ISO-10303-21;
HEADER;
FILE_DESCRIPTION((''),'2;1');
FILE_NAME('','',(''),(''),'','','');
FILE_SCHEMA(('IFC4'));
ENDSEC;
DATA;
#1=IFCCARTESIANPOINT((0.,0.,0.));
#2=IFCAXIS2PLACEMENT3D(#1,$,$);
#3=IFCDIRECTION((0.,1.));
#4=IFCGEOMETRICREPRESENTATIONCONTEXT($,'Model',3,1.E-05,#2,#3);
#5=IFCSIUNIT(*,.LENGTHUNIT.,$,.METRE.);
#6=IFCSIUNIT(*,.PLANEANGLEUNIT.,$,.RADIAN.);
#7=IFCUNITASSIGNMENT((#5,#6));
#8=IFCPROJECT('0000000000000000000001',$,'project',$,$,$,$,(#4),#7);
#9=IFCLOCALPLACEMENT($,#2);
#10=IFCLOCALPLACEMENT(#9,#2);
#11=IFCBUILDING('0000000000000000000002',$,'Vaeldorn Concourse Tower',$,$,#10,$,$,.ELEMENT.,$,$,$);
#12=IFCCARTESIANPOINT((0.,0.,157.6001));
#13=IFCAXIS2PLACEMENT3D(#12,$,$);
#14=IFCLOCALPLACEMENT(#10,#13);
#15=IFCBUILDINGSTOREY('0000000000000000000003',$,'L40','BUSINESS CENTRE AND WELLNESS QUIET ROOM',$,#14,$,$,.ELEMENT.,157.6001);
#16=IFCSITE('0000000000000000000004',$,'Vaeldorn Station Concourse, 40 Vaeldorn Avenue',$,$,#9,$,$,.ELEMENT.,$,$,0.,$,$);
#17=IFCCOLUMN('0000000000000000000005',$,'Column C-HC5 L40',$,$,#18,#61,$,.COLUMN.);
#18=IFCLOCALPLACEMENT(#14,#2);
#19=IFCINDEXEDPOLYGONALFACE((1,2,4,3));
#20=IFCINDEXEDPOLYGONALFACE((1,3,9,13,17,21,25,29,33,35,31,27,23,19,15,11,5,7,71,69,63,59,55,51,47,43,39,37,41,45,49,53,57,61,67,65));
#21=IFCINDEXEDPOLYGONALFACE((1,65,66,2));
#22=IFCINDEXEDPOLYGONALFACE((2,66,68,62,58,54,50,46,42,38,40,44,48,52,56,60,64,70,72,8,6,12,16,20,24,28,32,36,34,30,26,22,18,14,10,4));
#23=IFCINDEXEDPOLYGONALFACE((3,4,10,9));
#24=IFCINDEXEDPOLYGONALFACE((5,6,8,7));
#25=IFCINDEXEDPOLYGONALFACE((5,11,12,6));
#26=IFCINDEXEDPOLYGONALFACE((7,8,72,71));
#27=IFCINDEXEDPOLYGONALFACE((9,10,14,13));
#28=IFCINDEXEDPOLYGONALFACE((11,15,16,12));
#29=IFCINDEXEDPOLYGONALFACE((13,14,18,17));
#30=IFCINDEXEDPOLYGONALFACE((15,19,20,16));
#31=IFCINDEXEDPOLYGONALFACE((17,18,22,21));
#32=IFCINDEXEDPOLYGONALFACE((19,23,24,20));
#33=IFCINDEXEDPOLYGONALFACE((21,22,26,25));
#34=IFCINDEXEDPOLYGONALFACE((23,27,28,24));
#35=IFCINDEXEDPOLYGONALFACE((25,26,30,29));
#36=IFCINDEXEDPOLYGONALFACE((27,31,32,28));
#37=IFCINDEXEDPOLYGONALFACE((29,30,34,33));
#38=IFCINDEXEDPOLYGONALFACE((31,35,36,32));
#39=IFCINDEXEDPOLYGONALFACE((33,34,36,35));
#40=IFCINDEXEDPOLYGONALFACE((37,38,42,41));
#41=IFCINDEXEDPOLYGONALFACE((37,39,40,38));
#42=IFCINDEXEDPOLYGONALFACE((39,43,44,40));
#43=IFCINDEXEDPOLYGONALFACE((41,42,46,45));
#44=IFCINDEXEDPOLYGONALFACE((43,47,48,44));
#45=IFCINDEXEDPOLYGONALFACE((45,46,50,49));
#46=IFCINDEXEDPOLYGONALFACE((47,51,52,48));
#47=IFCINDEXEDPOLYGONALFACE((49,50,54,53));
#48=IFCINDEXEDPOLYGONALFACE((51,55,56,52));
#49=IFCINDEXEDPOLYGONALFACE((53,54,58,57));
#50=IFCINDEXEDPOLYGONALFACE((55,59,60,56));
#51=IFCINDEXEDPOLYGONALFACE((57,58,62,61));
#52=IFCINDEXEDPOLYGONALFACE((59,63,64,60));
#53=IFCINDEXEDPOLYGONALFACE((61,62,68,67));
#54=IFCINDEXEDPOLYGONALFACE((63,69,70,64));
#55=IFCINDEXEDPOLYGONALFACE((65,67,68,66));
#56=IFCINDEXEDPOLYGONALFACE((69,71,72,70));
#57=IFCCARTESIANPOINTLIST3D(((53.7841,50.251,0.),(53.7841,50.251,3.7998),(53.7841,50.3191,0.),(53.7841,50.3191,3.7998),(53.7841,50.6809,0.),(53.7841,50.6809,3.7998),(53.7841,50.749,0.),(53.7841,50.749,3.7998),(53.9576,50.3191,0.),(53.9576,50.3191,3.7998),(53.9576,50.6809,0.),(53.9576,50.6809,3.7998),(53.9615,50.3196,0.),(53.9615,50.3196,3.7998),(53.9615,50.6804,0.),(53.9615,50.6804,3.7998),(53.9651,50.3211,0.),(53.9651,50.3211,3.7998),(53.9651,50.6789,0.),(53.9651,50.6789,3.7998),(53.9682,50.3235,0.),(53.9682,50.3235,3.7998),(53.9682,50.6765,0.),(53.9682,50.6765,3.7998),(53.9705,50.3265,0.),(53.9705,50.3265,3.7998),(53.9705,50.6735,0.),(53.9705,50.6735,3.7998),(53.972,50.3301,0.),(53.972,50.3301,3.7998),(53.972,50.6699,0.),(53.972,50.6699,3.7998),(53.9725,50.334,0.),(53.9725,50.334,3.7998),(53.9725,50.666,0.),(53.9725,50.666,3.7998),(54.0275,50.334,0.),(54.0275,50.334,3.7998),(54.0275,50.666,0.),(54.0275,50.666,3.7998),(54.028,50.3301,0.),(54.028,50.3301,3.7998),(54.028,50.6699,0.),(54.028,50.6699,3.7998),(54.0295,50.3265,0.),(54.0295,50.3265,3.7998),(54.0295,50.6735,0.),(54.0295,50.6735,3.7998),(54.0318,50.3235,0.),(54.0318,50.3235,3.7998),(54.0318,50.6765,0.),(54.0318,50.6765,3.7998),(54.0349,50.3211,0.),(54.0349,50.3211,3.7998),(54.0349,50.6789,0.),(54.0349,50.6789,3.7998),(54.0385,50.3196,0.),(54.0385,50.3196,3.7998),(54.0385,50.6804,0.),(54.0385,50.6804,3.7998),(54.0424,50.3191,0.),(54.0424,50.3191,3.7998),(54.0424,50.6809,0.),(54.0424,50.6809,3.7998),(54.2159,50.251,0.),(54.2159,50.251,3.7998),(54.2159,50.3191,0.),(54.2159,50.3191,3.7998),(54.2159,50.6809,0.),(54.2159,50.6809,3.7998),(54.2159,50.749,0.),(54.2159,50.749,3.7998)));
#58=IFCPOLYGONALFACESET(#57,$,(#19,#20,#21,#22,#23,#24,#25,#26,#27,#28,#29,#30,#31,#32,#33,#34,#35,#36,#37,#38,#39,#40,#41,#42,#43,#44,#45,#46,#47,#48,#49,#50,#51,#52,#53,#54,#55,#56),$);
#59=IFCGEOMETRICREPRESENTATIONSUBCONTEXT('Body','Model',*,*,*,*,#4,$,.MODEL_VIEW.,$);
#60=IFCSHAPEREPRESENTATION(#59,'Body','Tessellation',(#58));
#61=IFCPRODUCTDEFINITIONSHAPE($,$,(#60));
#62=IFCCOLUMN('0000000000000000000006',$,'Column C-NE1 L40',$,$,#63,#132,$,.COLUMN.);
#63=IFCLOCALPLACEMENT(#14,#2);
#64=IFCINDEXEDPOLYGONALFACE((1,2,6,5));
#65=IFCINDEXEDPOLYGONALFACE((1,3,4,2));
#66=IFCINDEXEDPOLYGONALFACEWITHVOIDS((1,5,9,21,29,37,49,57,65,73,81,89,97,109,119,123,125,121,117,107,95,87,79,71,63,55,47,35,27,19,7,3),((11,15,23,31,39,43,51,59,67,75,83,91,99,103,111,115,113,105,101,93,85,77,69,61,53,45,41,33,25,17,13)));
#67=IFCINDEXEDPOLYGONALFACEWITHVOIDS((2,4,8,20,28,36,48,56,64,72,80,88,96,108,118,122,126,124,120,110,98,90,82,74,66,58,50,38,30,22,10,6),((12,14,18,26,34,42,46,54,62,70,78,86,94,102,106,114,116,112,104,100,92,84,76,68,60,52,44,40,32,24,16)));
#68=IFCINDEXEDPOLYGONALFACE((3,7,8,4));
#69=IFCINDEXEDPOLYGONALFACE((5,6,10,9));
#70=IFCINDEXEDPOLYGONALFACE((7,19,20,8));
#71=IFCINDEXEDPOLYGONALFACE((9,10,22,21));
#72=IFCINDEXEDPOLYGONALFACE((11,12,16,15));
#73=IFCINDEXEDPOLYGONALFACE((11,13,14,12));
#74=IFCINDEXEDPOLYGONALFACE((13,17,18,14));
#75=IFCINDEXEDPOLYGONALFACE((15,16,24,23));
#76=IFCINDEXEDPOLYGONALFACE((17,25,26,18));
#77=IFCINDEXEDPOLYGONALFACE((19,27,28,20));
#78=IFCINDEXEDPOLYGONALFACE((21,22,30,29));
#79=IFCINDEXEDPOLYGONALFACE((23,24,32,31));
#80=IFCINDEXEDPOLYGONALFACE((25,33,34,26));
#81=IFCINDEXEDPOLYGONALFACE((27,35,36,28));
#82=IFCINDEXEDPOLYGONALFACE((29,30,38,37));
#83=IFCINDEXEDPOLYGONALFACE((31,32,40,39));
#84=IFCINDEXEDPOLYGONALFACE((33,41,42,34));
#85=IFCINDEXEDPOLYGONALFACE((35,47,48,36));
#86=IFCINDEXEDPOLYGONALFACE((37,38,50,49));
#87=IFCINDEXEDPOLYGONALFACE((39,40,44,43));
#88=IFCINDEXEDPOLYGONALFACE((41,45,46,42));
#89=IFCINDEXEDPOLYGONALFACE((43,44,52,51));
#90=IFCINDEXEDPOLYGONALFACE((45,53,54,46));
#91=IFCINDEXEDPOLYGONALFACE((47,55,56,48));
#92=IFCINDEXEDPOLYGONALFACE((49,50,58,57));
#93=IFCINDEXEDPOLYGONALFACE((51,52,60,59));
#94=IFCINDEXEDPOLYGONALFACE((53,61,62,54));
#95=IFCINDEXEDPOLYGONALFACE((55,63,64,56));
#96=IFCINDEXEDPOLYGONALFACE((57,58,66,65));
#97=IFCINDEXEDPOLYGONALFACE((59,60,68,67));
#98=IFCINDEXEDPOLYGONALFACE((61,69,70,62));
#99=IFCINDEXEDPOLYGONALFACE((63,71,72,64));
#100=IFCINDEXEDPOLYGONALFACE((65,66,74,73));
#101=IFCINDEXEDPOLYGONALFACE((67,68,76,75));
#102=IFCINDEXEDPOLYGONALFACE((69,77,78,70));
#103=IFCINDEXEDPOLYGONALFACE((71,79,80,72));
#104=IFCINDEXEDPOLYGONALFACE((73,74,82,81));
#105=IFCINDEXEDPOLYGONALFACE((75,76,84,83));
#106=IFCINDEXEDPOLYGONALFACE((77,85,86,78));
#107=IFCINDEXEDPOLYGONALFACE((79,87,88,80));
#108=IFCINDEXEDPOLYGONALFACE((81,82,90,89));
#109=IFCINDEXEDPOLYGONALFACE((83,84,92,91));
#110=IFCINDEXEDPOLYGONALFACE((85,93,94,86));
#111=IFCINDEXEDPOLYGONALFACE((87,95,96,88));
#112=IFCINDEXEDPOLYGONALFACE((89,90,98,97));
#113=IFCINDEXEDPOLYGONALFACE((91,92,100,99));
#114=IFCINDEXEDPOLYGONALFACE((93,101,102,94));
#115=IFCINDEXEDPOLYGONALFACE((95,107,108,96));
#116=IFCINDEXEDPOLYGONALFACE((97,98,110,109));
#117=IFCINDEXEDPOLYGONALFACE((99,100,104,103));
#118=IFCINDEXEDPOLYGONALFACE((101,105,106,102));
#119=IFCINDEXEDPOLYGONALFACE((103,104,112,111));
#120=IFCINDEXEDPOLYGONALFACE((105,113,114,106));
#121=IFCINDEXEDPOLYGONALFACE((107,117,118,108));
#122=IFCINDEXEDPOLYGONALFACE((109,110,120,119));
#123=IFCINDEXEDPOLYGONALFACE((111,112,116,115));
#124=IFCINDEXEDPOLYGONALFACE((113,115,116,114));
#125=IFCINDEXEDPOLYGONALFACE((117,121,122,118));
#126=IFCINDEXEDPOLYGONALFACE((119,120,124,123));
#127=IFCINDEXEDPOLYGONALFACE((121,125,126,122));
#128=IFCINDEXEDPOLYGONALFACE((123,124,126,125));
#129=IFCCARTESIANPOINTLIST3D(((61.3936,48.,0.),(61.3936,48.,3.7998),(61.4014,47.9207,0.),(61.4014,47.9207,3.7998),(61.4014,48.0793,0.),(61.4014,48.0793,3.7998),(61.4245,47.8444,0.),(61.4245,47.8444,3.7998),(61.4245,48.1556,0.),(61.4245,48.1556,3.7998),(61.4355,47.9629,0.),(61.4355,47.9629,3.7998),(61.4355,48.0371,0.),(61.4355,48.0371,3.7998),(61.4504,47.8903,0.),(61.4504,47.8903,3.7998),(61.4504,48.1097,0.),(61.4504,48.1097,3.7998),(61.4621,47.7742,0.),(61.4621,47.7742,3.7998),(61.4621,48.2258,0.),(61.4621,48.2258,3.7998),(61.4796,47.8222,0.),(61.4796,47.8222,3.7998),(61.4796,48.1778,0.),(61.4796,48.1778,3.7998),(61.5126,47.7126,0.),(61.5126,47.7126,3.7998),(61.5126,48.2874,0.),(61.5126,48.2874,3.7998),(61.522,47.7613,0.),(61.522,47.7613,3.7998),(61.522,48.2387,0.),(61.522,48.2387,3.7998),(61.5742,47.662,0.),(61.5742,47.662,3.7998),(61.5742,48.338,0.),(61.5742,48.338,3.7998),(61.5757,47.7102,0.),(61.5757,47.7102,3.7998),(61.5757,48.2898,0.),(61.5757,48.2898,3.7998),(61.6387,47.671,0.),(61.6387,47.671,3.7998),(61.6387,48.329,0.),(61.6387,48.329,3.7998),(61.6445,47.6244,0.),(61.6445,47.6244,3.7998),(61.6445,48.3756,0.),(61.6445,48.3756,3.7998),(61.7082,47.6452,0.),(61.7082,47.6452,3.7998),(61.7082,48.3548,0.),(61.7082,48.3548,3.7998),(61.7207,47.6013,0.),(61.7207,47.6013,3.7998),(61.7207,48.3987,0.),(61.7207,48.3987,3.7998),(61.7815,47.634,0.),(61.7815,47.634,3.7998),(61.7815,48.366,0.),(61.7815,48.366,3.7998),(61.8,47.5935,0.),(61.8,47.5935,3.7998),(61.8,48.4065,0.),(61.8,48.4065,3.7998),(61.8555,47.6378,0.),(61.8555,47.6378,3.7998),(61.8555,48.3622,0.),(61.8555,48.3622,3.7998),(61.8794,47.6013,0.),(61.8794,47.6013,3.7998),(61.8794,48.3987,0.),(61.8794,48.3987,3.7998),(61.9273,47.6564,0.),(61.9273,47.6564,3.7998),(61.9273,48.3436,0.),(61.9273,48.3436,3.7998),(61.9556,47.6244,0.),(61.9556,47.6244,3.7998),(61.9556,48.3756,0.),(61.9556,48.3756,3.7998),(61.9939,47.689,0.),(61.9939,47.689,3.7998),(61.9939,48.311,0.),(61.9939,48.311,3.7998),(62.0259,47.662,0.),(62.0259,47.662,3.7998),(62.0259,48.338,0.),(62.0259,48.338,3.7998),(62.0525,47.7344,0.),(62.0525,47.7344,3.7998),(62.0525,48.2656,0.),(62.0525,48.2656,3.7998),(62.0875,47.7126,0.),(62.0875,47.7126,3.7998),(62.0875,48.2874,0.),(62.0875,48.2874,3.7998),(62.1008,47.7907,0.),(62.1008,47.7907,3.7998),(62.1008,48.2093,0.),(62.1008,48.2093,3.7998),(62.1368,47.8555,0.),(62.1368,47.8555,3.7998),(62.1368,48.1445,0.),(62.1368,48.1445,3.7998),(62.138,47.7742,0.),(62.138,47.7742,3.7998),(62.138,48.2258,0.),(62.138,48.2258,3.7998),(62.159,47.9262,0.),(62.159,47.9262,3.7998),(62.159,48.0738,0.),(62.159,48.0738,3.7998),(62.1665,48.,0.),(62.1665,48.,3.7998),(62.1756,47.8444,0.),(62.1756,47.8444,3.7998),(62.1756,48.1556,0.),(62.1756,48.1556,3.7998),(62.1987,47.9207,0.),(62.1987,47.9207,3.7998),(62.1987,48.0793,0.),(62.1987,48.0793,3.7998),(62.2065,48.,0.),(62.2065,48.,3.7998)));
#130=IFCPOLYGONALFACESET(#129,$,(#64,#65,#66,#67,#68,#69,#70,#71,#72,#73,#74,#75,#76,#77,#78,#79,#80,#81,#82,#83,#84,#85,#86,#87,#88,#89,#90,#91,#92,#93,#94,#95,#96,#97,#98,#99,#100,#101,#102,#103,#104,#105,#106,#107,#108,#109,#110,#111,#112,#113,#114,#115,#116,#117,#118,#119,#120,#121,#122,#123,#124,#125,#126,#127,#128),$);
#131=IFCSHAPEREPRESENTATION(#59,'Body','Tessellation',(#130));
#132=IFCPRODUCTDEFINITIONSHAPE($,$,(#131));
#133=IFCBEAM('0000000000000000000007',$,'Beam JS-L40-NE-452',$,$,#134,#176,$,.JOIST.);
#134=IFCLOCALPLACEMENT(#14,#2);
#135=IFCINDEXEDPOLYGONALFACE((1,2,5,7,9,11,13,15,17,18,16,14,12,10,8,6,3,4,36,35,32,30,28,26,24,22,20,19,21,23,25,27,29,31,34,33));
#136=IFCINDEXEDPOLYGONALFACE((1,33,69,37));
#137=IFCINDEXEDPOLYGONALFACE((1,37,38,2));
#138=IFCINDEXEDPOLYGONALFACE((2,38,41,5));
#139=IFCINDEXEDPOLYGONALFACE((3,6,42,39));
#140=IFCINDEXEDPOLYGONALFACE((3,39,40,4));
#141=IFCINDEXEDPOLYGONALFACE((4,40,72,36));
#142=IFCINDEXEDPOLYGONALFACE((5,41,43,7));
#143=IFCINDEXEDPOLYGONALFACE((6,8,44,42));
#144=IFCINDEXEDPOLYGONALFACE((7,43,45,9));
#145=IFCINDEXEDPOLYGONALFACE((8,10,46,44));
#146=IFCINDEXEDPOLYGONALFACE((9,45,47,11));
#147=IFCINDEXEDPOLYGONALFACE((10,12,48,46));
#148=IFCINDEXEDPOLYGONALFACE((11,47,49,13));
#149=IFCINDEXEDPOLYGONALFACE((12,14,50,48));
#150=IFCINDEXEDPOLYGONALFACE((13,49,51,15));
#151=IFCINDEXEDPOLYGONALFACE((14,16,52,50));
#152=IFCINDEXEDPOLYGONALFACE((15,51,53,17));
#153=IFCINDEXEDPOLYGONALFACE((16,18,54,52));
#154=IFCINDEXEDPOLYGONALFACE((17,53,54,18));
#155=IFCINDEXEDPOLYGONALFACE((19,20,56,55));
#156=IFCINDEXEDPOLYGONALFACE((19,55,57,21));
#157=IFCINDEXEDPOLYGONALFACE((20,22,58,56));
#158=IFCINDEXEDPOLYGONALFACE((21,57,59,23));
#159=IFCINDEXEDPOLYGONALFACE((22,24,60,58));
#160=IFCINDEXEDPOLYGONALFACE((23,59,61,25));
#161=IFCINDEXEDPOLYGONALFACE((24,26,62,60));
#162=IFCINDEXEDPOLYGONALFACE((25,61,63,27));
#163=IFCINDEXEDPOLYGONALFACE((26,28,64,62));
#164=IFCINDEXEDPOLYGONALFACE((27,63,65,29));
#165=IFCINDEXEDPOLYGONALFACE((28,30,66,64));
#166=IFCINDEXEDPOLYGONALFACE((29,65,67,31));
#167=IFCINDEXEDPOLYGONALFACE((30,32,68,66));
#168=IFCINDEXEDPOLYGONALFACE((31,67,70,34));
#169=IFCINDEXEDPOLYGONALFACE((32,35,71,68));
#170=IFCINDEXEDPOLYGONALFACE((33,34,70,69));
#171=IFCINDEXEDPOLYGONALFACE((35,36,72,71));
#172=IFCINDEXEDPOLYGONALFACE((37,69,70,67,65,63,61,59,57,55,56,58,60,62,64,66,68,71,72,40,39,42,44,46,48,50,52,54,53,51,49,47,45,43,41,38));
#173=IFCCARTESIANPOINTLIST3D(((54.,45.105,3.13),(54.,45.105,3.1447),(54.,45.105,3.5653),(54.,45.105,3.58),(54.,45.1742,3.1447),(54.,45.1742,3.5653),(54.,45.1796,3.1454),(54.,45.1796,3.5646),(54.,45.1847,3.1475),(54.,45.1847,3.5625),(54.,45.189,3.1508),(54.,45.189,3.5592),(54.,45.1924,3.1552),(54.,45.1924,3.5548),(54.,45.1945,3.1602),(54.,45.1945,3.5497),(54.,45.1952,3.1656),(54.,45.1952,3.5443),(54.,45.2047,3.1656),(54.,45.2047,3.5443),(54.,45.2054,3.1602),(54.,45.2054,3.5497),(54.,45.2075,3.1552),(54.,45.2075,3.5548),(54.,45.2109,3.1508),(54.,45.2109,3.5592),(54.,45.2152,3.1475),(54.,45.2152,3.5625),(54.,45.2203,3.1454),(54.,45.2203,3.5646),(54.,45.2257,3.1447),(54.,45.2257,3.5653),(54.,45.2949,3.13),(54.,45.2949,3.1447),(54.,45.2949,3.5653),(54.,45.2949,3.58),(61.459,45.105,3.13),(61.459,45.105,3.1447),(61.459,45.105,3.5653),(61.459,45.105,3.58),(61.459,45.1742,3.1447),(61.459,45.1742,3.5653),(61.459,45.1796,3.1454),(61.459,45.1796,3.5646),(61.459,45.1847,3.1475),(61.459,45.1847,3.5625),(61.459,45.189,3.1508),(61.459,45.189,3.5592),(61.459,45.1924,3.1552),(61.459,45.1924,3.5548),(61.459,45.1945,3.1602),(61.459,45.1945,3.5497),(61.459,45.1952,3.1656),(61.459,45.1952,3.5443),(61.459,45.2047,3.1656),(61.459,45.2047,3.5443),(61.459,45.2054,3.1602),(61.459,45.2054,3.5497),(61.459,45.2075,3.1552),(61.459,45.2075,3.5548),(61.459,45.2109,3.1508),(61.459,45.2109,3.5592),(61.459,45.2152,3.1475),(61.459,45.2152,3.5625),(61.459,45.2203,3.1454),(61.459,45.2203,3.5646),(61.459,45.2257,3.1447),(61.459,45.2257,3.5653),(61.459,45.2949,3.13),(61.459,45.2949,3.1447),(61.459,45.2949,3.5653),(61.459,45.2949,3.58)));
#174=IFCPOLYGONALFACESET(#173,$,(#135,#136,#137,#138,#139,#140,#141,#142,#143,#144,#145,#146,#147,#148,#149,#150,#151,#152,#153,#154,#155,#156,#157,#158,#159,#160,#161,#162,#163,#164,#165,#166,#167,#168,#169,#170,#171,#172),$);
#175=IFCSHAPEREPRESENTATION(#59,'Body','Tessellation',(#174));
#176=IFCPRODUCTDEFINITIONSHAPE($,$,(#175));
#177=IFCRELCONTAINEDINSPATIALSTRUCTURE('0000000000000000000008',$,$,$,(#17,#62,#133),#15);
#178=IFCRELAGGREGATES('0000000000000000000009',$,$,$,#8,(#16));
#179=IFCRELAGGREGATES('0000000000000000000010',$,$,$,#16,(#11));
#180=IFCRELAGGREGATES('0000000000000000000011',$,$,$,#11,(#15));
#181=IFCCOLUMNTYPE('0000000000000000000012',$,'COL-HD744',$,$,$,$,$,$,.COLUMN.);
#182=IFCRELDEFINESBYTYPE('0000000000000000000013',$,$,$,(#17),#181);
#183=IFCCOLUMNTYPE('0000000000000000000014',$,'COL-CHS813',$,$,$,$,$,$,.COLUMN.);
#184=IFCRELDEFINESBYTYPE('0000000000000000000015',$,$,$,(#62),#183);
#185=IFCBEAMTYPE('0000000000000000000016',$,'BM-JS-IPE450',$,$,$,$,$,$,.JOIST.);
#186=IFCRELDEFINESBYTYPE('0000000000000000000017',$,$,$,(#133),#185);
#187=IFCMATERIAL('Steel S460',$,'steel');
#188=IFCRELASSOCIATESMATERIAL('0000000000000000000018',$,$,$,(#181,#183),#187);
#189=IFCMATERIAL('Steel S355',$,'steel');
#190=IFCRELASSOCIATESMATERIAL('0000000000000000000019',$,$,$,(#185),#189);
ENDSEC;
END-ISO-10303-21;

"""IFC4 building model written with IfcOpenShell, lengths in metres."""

from ifc_helpers import new_model, si_unit, direction, frame, origin, origin_2d, place, context, subcontext, project, spatial, hollow_circle, i_section, extrude, source, transform, mapped, material, material_profile, profile_set, type_object, element, save


model = new_model("IFC4")

# Units and contexts
model_context = context("Model", 3, precision=1e-05, world=origin(), true_north=direction((0.0, 1.0)))
body_context = subcontext(model_context, "Body", "Model", "MODEL_VIEW")
ifc_project = project(units=[si_unit("LENGTHUNIT", "METRE"), si_unit("PLANEANGLEUNIT", "RADIAN")], contexts=[model_context])

# Site, building, storey
site_placement = place(None, origin())
site = spatial("IfcSite", under=ifc_project, at=site_placement, Name="Vaeldorn Station Concourse, 40 Vaeldorn Avenue", CompositionType="ELEMENT", RefElevation=0.0)
building_placement = place(site_placement, origin())
building = spatial("IfcBuilding", under=site, at=building_placement, Name="Vaeldorn Concourse Tower", CompositionType="ELEMENT")
storey_placement = place(building_placement, frame((0.0, 0.0, 157.6001)))
storey = spatial("IfcBuildingStorey", under=building, at=storey_placement, Name="L40", Description="BUSINESS CENTRE AND WELLNESS QUIET ROOM", CompositionType="ELEMENT", Elevation=157.6001)

# Columns
ifc_material_1 = material(Name="Steel S460", Category="steel")
ifc_material_profile_1 = material_profile(ifc_material_1, i_section(OverallWidth=0.4319, OverallDepth=0.498, WebThickness=0.0549, FlangeThickness=0.0681, FilletRadius=0.0149, at=origin_2d()), Name="HD 400x744")
ifc_profile_set_1 = profile_set([ifc_material_profile_1], Name="Steel S460")
column_type_1 = type_object("IfcColumnType", Name="COL-HD744", PredefinedType="COLUMN", material=ifc_profile_set_1)
shared_shape_1 = source(origin(), body_context, "Body", "SweptSolid", [
    extrude(i_section(OverallWidth=0.4319, OverallDepth=0.498, WebThickness=0.0549, FlangeThickness=0.0681, FilletRadius=0.0149, at=origin_2d()), origin(), (0.0, 0.0, 1.0), 3.7998),
])
column_1_placement = place(storey_placement, frame((54.0, 50.5, 0.0), z_axis=(0.0, 0.0, 1.0), x_axis=(1.0, 0.0, 0.0)))
element("IfcColumn", 1, at=column_1_placement, inside=storey, type_object=column_type_1, Name="Column C-HC5 L40", PredefinedType="COLUMN", context=body_context, shape_type="MappedRepresentation", body=[
    mapped(shared_shape_1, transform((0.0, 0.0, 0.0), scale=1.0)),
])
ifc_material_profile_2 = material_profile(ifc_material_1, hollow_circle(Radius=0.4065, WallThickness=0.04, at=origin_2d()), Name="CHS 813x40")
ifc_profile_set_2 = profile_set([ifc_material_profile_2], Name="Steel S460")
column_type_2 = type_object("IfcColumnType", Name="COL-CHS813", PredefinedType="COLUMN", material=ifc_profile_set_2)
shared_shape_2 = source(origin(), body_context, "Body", "SweptSolid", [
    extrude(hollow_circle(Radius=0.4065, WallThickness=0.04, at=origin_2d()), origin(), (0.0, 0.0, 1.0), 3.7998),
])
column_2_placement = place(storey_placement, frame((61.8, 48.0, 0.0), z_axis=(0.0, 0.0, 1.0), x_axis=(1.0, 0.0, 0.0)))
element("IfcColumn", 2, at=column_2_placement, inside=storey, type_object=column_type_2, Name="Column C-NE1 L40", PredefinedType="COLUMN", context=body_context, shape_type="MappedRepresentation", body=[
    mapped(shared_shape_2, transform((0.0, 0.0, 0.0), scale=1.0)),
])

# Beam
ifc_material_2 = material(Name="Steel S355", Category="steel")
ifc_material_profile_3 = material_profile(ifc_material_2, i_section(OverallWidth=0.1899, OverallDepth=0.45, WebThickness=0.0095, FlangeThickness=0.0146, FilletRadius=0.021, at=origin_2d()), Name="IPE 450")
ifc_profile_set_3 = profile_set([ifc_material_profile_3], Name="Steel S355")
beam_type_1 = type_object("IfcBeamType", Name="BM-JS-IPE450", PredefinedType="JOIST", material=ifc_profile_set_3)
shared_shape_3 = source(origin(), body_context, "Body", "SweptSolid", [
    extrude(i_section(OverallWidth=0.1899, OverallDepth=0.45, WebThickness=0.0095, FlangeThickness=0.0146, FilletRadius=0.021, at=origin_2d()), origin(), (0.0, 0.0, 1.0), 7.459),
])
beam_1_placement = place(storey_placement, frame((54.0, 45.2, 3.355), z_axis=(1.0, 0.0, 0.0), x_axis=(0.0, 1.0, 0.0)))
element("IfcBeam", 3, at=beam_1_placement, inside=storey, type_object=beam_type_1, Name="Beam JS-L40-NE-452", PredefinedType="JOIST", context=body_context, shape_type="MappedRepresentation", body=[
    mapped(shared_shape_3, transform((0.0, 0.0, 0.0), scale=1.0)),
])

save(model, "model.ifc")
